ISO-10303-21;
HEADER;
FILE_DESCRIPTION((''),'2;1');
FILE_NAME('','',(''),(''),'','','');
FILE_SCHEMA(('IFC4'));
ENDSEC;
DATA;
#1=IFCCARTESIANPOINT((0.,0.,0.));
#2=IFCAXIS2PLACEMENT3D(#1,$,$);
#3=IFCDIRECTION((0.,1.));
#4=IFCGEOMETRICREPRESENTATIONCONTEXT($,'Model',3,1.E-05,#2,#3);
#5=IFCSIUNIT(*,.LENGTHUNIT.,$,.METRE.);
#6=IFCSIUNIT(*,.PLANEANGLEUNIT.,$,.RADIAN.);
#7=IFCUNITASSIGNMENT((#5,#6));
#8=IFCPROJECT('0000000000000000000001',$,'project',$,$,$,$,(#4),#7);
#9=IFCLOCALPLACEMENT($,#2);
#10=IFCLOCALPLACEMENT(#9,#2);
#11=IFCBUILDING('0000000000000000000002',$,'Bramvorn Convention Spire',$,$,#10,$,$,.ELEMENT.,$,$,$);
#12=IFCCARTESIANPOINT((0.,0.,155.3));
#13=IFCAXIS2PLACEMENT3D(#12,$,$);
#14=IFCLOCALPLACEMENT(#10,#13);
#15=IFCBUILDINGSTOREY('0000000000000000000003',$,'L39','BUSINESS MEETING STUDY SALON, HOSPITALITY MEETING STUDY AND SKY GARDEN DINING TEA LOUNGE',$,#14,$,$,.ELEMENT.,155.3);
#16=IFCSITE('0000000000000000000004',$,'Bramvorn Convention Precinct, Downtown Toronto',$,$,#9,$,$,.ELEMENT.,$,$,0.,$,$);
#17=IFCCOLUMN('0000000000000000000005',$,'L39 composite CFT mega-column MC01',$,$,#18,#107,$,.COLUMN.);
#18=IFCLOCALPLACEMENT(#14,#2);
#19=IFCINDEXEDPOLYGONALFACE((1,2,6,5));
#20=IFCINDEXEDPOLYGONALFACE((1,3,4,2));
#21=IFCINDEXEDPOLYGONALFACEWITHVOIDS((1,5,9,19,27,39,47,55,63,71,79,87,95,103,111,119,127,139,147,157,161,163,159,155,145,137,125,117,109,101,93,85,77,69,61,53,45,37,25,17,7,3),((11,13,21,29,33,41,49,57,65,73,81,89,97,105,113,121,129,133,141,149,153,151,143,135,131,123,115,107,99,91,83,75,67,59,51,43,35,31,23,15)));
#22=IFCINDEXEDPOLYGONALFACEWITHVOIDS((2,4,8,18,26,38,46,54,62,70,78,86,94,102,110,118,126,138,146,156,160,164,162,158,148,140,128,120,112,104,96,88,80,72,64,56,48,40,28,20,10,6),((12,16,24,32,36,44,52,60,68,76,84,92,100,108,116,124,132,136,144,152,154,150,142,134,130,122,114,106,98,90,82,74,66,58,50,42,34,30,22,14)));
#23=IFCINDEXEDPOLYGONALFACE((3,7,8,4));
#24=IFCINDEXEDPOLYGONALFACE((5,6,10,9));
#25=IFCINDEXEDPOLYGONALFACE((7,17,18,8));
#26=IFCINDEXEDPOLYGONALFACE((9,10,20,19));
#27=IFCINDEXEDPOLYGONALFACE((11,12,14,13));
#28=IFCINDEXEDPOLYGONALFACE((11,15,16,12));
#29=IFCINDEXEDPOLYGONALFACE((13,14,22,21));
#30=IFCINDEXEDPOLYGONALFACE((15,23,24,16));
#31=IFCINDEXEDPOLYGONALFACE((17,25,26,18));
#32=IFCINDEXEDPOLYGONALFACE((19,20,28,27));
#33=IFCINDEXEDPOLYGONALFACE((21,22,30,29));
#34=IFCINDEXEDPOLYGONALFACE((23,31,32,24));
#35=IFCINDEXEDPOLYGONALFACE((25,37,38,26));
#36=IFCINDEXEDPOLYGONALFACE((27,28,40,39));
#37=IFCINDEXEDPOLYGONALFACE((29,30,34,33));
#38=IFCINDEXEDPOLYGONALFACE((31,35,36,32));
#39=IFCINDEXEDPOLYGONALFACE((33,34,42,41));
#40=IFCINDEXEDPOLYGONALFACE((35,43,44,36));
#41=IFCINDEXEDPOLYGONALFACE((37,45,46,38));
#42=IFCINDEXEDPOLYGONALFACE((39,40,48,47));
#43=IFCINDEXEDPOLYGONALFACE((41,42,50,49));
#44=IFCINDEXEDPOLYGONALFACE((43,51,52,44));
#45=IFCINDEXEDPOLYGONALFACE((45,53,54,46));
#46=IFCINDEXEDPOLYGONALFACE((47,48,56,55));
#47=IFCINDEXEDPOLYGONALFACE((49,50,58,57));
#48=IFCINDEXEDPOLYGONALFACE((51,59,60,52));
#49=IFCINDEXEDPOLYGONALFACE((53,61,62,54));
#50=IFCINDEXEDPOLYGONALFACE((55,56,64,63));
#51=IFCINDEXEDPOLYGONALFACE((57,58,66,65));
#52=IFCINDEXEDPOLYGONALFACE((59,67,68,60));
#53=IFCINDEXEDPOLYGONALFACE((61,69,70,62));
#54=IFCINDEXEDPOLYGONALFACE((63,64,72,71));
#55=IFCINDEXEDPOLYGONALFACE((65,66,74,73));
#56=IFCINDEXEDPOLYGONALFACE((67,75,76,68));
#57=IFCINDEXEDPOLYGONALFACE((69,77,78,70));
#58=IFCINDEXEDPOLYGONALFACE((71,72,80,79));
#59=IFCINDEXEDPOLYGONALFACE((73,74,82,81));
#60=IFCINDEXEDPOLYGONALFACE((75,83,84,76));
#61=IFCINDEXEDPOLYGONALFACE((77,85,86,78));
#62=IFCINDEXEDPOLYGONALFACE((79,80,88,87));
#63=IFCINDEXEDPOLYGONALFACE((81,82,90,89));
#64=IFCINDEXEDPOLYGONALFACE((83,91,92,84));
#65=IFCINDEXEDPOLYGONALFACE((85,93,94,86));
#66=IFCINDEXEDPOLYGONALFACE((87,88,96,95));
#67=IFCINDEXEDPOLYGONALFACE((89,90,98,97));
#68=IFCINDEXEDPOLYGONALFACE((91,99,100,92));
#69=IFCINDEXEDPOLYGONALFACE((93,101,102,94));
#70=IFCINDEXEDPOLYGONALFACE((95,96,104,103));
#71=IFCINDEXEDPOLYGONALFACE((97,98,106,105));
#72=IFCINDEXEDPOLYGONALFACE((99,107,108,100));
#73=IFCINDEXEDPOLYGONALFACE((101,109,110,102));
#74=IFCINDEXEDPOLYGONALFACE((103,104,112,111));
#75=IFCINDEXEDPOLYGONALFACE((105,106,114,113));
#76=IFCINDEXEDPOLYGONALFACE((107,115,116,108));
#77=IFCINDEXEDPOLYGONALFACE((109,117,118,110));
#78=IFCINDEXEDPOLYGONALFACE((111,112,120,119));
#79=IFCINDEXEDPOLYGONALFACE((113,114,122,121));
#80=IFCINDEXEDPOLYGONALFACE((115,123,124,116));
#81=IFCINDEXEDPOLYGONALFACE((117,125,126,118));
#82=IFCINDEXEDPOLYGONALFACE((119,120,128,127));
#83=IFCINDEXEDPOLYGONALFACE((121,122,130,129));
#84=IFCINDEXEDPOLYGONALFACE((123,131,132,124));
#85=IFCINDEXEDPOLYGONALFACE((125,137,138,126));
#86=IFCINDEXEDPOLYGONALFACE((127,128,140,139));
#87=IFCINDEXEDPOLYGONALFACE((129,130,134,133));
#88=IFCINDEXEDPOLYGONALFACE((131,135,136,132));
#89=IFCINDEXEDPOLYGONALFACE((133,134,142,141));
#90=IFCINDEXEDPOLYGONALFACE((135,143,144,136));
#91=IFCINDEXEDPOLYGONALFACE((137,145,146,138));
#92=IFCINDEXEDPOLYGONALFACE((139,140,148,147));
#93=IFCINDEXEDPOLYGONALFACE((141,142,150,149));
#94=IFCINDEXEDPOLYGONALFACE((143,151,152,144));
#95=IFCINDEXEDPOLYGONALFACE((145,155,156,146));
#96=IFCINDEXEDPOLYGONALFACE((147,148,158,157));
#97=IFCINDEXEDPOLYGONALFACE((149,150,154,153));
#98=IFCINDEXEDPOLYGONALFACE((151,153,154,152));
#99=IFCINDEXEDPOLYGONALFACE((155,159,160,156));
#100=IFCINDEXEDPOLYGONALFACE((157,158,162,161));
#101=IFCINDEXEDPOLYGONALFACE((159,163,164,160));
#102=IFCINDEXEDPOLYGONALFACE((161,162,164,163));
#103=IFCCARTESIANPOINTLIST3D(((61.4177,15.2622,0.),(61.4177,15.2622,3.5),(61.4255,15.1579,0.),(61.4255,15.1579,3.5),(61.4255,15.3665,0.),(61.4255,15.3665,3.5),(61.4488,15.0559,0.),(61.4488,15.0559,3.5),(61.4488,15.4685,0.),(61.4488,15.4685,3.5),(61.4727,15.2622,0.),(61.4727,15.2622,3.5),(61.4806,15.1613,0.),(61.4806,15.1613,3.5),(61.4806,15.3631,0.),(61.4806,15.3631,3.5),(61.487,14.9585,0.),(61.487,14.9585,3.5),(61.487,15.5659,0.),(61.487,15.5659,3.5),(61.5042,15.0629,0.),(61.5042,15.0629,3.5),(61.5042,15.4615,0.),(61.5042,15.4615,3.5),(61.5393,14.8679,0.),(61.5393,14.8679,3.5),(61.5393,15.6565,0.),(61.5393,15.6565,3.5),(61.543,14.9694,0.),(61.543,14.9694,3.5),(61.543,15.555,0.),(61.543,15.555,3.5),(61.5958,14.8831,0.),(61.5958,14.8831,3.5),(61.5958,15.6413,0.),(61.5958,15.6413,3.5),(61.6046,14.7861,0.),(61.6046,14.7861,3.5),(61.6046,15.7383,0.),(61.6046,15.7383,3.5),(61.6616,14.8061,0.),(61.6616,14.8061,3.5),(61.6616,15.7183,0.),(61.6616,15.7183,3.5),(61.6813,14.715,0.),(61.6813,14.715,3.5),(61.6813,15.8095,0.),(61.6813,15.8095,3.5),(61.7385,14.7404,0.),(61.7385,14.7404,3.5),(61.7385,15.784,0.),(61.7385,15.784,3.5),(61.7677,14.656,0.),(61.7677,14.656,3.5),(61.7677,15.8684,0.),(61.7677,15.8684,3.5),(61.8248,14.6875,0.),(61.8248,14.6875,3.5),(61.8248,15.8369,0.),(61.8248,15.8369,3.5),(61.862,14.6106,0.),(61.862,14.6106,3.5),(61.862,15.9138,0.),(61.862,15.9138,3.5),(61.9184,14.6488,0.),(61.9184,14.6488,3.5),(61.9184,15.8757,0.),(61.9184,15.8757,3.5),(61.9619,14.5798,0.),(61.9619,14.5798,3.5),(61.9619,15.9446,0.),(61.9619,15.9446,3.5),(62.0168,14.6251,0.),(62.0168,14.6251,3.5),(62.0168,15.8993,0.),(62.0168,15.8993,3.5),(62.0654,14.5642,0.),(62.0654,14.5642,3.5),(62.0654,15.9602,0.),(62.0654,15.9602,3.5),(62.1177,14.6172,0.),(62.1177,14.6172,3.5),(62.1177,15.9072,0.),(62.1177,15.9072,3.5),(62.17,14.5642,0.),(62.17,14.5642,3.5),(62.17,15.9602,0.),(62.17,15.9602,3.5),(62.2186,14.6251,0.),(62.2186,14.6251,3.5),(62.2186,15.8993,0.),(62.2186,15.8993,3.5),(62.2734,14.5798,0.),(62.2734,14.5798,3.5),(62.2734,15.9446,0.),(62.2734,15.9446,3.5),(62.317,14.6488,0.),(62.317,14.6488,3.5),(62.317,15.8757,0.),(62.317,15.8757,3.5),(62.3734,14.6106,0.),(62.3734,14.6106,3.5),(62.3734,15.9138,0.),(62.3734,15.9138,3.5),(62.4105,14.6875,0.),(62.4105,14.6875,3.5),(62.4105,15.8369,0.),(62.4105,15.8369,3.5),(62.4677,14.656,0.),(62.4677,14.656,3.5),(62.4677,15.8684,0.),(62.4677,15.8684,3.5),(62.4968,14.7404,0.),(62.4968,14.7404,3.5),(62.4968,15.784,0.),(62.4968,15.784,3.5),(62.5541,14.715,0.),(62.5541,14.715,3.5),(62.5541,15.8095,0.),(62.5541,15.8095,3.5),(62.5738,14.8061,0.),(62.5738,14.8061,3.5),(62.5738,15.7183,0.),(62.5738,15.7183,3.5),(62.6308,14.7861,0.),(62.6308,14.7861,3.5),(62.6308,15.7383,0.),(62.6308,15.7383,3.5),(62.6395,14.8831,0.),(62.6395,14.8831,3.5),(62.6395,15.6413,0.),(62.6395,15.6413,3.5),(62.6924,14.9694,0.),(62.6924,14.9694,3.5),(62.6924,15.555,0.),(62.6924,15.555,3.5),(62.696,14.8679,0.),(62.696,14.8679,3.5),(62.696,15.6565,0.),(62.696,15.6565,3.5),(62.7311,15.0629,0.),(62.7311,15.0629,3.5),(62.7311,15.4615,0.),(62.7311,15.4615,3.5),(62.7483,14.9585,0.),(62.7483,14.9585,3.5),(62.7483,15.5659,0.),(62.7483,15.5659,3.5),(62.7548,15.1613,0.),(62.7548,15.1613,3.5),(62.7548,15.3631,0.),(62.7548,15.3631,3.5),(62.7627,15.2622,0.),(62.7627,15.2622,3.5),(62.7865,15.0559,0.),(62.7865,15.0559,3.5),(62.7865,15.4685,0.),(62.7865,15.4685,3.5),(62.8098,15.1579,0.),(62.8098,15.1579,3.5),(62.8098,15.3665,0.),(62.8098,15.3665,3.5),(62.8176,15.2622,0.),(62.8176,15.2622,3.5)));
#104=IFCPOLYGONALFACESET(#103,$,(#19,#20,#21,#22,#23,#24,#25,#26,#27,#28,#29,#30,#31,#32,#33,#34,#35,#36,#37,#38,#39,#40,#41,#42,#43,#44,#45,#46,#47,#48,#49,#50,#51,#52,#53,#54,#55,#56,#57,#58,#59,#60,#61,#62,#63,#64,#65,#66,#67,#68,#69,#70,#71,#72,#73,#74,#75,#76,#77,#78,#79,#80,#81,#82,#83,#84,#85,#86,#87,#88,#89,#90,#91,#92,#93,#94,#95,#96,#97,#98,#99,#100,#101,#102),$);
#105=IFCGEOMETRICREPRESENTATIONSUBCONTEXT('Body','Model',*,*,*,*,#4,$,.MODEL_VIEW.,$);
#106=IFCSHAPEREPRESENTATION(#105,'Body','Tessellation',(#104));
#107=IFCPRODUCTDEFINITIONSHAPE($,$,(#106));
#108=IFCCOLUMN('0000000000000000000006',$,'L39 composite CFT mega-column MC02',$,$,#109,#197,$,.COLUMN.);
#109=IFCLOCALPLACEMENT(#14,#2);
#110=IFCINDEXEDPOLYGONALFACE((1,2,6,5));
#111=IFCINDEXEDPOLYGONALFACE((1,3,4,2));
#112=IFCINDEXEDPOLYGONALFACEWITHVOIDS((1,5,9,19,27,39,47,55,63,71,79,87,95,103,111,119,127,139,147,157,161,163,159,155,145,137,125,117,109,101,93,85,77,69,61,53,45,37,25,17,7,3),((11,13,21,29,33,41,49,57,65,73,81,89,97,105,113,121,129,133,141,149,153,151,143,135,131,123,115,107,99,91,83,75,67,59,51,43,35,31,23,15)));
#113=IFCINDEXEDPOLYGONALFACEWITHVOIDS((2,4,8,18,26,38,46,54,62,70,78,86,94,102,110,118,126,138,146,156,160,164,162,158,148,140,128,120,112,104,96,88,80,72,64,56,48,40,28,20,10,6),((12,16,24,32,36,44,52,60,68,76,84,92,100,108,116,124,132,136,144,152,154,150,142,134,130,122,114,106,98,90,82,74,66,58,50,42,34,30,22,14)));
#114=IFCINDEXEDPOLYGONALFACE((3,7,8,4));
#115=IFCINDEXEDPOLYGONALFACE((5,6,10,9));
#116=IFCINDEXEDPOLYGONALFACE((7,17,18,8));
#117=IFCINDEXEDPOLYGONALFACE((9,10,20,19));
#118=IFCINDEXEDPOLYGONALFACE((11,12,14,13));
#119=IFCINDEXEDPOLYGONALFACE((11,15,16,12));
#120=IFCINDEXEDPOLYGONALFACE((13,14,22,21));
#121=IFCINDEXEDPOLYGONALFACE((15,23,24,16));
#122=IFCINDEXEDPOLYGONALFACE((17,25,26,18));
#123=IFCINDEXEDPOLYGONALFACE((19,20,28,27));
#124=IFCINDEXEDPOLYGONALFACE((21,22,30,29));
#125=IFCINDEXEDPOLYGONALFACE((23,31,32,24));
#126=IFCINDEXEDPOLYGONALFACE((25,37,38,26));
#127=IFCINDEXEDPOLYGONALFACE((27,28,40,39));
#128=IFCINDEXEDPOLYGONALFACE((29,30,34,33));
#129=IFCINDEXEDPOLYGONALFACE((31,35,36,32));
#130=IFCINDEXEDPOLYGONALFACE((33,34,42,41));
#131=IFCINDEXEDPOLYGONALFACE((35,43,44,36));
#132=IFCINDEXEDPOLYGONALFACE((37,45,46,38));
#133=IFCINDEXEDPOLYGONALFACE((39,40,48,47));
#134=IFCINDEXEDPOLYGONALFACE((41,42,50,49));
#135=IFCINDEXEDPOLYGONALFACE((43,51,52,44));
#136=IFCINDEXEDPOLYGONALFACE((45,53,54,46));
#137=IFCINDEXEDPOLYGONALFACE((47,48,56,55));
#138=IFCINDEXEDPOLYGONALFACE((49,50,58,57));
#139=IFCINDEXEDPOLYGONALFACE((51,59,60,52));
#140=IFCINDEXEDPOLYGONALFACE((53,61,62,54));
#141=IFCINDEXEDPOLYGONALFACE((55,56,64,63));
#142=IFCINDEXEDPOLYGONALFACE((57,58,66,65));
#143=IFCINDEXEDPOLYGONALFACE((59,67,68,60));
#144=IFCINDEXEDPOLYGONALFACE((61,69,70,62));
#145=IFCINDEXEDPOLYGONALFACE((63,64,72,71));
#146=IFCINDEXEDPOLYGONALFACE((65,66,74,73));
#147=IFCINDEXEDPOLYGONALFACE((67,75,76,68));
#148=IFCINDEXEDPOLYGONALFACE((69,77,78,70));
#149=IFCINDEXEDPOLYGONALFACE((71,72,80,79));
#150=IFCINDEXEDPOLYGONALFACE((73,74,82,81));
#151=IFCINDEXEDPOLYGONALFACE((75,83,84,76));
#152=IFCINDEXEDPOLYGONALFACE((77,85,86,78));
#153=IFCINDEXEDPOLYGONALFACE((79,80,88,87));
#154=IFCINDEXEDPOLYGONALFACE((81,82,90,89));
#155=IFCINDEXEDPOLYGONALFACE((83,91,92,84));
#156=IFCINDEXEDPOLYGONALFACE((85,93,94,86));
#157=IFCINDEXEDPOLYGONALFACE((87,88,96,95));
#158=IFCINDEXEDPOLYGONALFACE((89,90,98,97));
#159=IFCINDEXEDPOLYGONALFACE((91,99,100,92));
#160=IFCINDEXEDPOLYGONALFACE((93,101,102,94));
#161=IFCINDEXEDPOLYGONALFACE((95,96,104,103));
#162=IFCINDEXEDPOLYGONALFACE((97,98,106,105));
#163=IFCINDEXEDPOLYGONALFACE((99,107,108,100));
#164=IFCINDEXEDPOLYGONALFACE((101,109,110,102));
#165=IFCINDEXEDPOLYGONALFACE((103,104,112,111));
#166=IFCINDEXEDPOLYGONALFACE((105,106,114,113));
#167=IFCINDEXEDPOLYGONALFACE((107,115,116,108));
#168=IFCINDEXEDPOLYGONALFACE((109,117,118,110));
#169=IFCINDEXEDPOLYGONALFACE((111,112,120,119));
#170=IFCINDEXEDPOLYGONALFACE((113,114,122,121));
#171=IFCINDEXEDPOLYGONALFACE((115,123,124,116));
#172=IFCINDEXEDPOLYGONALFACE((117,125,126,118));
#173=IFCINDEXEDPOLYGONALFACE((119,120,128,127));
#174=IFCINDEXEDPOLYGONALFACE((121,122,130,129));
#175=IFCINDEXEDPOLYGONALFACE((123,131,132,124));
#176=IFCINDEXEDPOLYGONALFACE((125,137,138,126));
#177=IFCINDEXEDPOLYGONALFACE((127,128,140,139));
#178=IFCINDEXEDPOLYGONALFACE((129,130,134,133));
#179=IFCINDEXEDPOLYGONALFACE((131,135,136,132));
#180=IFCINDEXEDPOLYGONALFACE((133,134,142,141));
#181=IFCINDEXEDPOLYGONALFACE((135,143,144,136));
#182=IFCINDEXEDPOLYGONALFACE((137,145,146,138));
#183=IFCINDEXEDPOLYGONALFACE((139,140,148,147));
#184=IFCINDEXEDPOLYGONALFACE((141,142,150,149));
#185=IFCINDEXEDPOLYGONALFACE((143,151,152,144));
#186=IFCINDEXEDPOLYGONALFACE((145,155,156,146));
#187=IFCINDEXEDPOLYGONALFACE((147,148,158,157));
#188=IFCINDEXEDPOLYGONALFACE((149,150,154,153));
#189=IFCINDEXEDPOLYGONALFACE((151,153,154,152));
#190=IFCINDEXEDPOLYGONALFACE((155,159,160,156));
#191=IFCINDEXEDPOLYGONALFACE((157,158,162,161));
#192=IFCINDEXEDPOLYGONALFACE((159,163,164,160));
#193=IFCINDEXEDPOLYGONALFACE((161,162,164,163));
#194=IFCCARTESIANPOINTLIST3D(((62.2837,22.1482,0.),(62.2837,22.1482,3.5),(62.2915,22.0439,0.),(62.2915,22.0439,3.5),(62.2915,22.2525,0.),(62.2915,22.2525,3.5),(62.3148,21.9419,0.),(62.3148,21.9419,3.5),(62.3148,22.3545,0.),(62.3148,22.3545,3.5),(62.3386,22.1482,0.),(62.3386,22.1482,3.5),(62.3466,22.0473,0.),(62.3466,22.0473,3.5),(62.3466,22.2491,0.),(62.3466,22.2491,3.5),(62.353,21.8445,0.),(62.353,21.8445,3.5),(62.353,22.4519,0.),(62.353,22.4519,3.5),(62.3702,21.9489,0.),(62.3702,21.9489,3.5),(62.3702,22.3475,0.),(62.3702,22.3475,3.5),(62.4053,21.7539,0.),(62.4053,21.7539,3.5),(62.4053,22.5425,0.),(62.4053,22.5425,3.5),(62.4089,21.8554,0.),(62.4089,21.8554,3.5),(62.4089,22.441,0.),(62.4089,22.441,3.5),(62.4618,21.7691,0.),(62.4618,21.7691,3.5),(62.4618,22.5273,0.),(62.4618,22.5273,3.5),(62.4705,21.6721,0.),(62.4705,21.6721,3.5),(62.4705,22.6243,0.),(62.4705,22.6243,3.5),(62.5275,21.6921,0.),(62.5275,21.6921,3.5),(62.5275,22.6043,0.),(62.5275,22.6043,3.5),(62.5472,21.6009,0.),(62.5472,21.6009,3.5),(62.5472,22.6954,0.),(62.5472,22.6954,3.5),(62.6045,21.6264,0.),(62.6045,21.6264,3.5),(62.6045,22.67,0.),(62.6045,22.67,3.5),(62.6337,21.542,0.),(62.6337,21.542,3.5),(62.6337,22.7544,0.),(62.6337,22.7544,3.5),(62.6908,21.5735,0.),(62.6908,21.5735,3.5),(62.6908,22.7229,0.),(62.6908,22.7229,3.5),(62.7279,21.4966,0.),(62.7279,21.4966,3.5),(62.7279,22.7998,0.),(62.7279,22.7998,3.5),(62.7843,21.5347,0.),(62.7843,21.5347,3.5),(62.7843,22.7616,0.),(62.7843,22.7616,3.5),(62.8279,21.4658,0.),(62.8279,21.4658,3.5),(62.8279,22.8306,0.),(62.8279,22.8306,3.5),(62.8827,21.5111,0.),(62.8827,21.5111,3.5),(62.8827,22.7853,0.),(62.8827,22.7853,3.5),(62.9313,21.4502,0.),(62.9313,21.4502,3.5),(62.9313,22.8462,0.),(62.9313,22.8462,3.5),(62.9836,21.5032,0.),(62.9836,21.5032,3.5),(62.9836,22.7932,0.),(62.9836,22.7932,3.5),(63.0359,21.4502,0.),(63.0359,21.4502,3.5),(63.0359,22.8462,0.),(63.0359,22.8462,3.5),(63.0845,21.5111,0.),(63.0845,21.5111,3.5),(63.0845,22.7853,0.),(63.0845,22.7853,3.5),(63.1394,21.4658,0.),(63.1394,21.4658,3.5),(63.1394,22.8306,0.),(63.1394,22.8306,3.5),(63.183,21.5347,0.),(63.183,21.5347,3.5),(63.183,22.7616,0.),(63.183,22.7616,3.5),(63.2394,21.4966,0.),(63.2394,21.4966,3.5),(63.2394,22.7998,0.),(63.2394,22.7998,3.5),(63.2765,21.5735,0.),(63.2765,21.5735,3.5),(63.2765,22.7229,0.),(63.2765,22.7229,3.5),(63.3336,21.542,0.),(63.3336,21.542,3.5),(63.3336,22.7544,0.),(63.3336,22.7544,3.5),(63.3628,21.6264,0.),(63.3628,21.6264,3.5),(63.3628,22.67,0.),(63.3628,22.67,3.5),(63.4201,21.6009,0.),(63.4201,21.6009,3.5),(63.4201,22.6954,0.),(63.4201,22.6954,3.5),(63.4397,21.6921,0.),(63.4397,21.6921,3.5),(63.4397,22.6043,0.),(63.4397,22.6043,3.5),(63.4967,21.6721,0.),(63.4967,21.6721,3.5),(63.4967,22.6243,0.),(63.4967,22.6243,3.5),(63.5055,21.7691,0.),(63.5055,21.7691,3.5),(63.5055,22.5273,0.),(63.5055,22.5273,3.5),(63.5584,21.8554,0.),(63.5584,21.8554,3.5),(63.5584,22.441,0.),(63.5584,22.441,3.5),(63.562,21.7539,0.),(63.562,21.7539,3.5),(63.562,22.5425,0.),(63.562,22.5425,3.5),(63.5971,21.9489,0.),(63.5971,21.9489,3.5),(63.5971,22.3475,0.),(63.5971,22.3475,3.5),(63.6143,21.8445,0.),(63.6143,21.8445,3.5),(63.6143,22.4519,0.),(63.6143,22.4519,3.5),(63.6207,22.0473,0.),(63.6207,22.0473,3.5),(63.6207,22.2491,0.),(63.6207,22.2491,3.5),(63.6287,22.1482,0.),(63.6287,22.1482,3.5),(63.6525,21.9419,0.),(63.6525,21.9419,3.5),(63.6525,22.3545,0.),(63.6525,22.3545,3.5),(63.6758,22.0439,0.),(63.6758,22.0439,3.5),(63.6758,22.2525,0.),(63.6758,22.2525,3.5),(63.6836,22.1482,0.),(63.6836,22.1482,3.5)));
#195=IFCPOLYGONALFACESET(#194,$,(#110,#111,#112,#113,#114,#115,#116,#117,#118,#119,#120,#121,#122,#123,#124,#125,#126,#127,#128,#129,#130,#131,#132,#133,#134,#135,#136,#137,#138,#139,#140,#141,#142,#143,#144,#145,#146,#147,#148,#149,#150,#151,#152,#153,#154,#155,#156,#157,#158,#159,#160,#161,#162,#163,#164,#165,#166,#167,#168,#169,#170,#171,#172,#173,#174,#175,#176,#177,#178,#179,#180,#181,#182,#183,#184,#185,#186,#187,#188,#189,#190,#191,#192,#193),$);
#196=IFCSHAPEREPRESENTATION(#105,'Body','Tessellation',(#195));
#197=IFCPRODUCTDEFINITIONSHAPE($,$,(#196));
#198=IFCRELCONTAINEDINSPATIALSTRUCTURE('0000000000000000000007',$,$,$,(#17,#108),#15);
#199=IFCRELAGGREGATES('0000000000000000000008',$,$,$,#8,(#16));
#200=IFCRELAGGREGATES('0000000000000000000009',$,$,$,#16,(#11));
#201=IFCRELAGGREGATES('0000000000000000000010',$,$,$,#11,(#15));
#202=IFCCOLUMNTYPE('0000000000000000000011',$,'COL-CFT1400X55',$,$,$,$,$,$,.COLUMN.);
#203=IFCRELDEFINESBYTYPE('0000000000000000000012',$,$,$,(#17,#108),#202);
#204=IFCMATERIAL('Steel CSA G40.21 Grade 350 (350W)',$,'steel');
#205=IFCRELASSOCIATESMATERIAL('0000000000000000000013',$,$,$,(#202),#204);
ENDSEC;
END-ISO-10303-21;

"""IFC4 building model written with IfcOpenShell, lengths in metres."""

from ifc_helpers import new_model, si_unit, direction, frame, origin, origin_2d, place, context, subcontext, project, spatial, hollow_circle, extrude, material, material_profile, profile_set, type_object, element, save


model = new_model("IFC4")

# Units and contexts
model_context = context("Model", 3, precision=1e-05, world=origin(), true_north=direction((0.0, 1.0)))
body_context = subcontext(model_context, "Body", "Model", "MODEL_VIEW")
ifc_project = project(units=[si_unit("LENGTHUNIT", "METRE"), si_unit("PLANEANGLEUNIT", "RADIAN")], contexts=[model_context])

# Site, building, storey
site_placement = place(None, origin())
site = spatial("IfcSite", under=ifc_project, at=site_placement, Name="Bramvorn Convention Precinct, Downtown Toronto", CompositionType="ELEMENT", RefElevation=0.0)
building_placement = place(site_placement, origin())
building = spatial("IfcBuilding", under=site, at=building_placement, Name="Bramvorn Convention Spire", CompositionType="ELEMENT")
storey_placement = place(building_placement, frame((0.0, 0.0, 155.3)))
storey = spatial("IfcBuildingStorey", under=building, at=storey_placement, Name="L39", Description="BUSINESS MEETING STUDY SALON, HOSPITALITY MEETING STUDY AND SKY GARDEN DINING TEA LOUNGE", CompositionType="ELEMENT", Elevation=155.3)

# Columns
ifc_material_1 = material(Name="Steel CSA G40.21 Grade 350 (350W)", Category="steel")
ifc_material_profile_1 = material_profile(ifc_material_1, hollow_circle(Radius=0.7, WallThickness=0.0549, at=origin_2d()))
ifc_profile_set_1 = profile_set([ifc_material_profile_1], Name="Steel CSA G40.21 Grade 350 (350W) - CFT1400X55")
column_type = type_object("IfcColumnType", Name="COL-CFT1400X55", PredefinedType="COLUMN", material=ifc_profile_set_1)
for number, where, z_axis, x_axis, name in (
    (1, (62.1177, 15.2622, 0.0), (0.0, 0.0, 1.0), (1.0, 0.0, 0.0), "L39 composite CFT mega-column MC01"),
    (2, (62.9836, 22.1482, 0.0), (0.0, 0.0, 1.0), (1.0, 0.0, 0.0), "L39 composite CFT mega-column MC02"),
):
    element("IfcColumn", number, at=place(storey_placement, frame(where, z_axis=z_axis, x_axis=x_axis)), inside=storey, type_object=column_type, Name=name, PredefinedType="COLUMN", context=body_context, shape_type="SweptSolid", body=[
        extrude(hollow_circle(Radius=0.7, WallThickness=0.0549, at=origin_2d()), origin(), (0.0, 0.0, 1.0), 3.5),
    ])

save(model, "model.ifc")
